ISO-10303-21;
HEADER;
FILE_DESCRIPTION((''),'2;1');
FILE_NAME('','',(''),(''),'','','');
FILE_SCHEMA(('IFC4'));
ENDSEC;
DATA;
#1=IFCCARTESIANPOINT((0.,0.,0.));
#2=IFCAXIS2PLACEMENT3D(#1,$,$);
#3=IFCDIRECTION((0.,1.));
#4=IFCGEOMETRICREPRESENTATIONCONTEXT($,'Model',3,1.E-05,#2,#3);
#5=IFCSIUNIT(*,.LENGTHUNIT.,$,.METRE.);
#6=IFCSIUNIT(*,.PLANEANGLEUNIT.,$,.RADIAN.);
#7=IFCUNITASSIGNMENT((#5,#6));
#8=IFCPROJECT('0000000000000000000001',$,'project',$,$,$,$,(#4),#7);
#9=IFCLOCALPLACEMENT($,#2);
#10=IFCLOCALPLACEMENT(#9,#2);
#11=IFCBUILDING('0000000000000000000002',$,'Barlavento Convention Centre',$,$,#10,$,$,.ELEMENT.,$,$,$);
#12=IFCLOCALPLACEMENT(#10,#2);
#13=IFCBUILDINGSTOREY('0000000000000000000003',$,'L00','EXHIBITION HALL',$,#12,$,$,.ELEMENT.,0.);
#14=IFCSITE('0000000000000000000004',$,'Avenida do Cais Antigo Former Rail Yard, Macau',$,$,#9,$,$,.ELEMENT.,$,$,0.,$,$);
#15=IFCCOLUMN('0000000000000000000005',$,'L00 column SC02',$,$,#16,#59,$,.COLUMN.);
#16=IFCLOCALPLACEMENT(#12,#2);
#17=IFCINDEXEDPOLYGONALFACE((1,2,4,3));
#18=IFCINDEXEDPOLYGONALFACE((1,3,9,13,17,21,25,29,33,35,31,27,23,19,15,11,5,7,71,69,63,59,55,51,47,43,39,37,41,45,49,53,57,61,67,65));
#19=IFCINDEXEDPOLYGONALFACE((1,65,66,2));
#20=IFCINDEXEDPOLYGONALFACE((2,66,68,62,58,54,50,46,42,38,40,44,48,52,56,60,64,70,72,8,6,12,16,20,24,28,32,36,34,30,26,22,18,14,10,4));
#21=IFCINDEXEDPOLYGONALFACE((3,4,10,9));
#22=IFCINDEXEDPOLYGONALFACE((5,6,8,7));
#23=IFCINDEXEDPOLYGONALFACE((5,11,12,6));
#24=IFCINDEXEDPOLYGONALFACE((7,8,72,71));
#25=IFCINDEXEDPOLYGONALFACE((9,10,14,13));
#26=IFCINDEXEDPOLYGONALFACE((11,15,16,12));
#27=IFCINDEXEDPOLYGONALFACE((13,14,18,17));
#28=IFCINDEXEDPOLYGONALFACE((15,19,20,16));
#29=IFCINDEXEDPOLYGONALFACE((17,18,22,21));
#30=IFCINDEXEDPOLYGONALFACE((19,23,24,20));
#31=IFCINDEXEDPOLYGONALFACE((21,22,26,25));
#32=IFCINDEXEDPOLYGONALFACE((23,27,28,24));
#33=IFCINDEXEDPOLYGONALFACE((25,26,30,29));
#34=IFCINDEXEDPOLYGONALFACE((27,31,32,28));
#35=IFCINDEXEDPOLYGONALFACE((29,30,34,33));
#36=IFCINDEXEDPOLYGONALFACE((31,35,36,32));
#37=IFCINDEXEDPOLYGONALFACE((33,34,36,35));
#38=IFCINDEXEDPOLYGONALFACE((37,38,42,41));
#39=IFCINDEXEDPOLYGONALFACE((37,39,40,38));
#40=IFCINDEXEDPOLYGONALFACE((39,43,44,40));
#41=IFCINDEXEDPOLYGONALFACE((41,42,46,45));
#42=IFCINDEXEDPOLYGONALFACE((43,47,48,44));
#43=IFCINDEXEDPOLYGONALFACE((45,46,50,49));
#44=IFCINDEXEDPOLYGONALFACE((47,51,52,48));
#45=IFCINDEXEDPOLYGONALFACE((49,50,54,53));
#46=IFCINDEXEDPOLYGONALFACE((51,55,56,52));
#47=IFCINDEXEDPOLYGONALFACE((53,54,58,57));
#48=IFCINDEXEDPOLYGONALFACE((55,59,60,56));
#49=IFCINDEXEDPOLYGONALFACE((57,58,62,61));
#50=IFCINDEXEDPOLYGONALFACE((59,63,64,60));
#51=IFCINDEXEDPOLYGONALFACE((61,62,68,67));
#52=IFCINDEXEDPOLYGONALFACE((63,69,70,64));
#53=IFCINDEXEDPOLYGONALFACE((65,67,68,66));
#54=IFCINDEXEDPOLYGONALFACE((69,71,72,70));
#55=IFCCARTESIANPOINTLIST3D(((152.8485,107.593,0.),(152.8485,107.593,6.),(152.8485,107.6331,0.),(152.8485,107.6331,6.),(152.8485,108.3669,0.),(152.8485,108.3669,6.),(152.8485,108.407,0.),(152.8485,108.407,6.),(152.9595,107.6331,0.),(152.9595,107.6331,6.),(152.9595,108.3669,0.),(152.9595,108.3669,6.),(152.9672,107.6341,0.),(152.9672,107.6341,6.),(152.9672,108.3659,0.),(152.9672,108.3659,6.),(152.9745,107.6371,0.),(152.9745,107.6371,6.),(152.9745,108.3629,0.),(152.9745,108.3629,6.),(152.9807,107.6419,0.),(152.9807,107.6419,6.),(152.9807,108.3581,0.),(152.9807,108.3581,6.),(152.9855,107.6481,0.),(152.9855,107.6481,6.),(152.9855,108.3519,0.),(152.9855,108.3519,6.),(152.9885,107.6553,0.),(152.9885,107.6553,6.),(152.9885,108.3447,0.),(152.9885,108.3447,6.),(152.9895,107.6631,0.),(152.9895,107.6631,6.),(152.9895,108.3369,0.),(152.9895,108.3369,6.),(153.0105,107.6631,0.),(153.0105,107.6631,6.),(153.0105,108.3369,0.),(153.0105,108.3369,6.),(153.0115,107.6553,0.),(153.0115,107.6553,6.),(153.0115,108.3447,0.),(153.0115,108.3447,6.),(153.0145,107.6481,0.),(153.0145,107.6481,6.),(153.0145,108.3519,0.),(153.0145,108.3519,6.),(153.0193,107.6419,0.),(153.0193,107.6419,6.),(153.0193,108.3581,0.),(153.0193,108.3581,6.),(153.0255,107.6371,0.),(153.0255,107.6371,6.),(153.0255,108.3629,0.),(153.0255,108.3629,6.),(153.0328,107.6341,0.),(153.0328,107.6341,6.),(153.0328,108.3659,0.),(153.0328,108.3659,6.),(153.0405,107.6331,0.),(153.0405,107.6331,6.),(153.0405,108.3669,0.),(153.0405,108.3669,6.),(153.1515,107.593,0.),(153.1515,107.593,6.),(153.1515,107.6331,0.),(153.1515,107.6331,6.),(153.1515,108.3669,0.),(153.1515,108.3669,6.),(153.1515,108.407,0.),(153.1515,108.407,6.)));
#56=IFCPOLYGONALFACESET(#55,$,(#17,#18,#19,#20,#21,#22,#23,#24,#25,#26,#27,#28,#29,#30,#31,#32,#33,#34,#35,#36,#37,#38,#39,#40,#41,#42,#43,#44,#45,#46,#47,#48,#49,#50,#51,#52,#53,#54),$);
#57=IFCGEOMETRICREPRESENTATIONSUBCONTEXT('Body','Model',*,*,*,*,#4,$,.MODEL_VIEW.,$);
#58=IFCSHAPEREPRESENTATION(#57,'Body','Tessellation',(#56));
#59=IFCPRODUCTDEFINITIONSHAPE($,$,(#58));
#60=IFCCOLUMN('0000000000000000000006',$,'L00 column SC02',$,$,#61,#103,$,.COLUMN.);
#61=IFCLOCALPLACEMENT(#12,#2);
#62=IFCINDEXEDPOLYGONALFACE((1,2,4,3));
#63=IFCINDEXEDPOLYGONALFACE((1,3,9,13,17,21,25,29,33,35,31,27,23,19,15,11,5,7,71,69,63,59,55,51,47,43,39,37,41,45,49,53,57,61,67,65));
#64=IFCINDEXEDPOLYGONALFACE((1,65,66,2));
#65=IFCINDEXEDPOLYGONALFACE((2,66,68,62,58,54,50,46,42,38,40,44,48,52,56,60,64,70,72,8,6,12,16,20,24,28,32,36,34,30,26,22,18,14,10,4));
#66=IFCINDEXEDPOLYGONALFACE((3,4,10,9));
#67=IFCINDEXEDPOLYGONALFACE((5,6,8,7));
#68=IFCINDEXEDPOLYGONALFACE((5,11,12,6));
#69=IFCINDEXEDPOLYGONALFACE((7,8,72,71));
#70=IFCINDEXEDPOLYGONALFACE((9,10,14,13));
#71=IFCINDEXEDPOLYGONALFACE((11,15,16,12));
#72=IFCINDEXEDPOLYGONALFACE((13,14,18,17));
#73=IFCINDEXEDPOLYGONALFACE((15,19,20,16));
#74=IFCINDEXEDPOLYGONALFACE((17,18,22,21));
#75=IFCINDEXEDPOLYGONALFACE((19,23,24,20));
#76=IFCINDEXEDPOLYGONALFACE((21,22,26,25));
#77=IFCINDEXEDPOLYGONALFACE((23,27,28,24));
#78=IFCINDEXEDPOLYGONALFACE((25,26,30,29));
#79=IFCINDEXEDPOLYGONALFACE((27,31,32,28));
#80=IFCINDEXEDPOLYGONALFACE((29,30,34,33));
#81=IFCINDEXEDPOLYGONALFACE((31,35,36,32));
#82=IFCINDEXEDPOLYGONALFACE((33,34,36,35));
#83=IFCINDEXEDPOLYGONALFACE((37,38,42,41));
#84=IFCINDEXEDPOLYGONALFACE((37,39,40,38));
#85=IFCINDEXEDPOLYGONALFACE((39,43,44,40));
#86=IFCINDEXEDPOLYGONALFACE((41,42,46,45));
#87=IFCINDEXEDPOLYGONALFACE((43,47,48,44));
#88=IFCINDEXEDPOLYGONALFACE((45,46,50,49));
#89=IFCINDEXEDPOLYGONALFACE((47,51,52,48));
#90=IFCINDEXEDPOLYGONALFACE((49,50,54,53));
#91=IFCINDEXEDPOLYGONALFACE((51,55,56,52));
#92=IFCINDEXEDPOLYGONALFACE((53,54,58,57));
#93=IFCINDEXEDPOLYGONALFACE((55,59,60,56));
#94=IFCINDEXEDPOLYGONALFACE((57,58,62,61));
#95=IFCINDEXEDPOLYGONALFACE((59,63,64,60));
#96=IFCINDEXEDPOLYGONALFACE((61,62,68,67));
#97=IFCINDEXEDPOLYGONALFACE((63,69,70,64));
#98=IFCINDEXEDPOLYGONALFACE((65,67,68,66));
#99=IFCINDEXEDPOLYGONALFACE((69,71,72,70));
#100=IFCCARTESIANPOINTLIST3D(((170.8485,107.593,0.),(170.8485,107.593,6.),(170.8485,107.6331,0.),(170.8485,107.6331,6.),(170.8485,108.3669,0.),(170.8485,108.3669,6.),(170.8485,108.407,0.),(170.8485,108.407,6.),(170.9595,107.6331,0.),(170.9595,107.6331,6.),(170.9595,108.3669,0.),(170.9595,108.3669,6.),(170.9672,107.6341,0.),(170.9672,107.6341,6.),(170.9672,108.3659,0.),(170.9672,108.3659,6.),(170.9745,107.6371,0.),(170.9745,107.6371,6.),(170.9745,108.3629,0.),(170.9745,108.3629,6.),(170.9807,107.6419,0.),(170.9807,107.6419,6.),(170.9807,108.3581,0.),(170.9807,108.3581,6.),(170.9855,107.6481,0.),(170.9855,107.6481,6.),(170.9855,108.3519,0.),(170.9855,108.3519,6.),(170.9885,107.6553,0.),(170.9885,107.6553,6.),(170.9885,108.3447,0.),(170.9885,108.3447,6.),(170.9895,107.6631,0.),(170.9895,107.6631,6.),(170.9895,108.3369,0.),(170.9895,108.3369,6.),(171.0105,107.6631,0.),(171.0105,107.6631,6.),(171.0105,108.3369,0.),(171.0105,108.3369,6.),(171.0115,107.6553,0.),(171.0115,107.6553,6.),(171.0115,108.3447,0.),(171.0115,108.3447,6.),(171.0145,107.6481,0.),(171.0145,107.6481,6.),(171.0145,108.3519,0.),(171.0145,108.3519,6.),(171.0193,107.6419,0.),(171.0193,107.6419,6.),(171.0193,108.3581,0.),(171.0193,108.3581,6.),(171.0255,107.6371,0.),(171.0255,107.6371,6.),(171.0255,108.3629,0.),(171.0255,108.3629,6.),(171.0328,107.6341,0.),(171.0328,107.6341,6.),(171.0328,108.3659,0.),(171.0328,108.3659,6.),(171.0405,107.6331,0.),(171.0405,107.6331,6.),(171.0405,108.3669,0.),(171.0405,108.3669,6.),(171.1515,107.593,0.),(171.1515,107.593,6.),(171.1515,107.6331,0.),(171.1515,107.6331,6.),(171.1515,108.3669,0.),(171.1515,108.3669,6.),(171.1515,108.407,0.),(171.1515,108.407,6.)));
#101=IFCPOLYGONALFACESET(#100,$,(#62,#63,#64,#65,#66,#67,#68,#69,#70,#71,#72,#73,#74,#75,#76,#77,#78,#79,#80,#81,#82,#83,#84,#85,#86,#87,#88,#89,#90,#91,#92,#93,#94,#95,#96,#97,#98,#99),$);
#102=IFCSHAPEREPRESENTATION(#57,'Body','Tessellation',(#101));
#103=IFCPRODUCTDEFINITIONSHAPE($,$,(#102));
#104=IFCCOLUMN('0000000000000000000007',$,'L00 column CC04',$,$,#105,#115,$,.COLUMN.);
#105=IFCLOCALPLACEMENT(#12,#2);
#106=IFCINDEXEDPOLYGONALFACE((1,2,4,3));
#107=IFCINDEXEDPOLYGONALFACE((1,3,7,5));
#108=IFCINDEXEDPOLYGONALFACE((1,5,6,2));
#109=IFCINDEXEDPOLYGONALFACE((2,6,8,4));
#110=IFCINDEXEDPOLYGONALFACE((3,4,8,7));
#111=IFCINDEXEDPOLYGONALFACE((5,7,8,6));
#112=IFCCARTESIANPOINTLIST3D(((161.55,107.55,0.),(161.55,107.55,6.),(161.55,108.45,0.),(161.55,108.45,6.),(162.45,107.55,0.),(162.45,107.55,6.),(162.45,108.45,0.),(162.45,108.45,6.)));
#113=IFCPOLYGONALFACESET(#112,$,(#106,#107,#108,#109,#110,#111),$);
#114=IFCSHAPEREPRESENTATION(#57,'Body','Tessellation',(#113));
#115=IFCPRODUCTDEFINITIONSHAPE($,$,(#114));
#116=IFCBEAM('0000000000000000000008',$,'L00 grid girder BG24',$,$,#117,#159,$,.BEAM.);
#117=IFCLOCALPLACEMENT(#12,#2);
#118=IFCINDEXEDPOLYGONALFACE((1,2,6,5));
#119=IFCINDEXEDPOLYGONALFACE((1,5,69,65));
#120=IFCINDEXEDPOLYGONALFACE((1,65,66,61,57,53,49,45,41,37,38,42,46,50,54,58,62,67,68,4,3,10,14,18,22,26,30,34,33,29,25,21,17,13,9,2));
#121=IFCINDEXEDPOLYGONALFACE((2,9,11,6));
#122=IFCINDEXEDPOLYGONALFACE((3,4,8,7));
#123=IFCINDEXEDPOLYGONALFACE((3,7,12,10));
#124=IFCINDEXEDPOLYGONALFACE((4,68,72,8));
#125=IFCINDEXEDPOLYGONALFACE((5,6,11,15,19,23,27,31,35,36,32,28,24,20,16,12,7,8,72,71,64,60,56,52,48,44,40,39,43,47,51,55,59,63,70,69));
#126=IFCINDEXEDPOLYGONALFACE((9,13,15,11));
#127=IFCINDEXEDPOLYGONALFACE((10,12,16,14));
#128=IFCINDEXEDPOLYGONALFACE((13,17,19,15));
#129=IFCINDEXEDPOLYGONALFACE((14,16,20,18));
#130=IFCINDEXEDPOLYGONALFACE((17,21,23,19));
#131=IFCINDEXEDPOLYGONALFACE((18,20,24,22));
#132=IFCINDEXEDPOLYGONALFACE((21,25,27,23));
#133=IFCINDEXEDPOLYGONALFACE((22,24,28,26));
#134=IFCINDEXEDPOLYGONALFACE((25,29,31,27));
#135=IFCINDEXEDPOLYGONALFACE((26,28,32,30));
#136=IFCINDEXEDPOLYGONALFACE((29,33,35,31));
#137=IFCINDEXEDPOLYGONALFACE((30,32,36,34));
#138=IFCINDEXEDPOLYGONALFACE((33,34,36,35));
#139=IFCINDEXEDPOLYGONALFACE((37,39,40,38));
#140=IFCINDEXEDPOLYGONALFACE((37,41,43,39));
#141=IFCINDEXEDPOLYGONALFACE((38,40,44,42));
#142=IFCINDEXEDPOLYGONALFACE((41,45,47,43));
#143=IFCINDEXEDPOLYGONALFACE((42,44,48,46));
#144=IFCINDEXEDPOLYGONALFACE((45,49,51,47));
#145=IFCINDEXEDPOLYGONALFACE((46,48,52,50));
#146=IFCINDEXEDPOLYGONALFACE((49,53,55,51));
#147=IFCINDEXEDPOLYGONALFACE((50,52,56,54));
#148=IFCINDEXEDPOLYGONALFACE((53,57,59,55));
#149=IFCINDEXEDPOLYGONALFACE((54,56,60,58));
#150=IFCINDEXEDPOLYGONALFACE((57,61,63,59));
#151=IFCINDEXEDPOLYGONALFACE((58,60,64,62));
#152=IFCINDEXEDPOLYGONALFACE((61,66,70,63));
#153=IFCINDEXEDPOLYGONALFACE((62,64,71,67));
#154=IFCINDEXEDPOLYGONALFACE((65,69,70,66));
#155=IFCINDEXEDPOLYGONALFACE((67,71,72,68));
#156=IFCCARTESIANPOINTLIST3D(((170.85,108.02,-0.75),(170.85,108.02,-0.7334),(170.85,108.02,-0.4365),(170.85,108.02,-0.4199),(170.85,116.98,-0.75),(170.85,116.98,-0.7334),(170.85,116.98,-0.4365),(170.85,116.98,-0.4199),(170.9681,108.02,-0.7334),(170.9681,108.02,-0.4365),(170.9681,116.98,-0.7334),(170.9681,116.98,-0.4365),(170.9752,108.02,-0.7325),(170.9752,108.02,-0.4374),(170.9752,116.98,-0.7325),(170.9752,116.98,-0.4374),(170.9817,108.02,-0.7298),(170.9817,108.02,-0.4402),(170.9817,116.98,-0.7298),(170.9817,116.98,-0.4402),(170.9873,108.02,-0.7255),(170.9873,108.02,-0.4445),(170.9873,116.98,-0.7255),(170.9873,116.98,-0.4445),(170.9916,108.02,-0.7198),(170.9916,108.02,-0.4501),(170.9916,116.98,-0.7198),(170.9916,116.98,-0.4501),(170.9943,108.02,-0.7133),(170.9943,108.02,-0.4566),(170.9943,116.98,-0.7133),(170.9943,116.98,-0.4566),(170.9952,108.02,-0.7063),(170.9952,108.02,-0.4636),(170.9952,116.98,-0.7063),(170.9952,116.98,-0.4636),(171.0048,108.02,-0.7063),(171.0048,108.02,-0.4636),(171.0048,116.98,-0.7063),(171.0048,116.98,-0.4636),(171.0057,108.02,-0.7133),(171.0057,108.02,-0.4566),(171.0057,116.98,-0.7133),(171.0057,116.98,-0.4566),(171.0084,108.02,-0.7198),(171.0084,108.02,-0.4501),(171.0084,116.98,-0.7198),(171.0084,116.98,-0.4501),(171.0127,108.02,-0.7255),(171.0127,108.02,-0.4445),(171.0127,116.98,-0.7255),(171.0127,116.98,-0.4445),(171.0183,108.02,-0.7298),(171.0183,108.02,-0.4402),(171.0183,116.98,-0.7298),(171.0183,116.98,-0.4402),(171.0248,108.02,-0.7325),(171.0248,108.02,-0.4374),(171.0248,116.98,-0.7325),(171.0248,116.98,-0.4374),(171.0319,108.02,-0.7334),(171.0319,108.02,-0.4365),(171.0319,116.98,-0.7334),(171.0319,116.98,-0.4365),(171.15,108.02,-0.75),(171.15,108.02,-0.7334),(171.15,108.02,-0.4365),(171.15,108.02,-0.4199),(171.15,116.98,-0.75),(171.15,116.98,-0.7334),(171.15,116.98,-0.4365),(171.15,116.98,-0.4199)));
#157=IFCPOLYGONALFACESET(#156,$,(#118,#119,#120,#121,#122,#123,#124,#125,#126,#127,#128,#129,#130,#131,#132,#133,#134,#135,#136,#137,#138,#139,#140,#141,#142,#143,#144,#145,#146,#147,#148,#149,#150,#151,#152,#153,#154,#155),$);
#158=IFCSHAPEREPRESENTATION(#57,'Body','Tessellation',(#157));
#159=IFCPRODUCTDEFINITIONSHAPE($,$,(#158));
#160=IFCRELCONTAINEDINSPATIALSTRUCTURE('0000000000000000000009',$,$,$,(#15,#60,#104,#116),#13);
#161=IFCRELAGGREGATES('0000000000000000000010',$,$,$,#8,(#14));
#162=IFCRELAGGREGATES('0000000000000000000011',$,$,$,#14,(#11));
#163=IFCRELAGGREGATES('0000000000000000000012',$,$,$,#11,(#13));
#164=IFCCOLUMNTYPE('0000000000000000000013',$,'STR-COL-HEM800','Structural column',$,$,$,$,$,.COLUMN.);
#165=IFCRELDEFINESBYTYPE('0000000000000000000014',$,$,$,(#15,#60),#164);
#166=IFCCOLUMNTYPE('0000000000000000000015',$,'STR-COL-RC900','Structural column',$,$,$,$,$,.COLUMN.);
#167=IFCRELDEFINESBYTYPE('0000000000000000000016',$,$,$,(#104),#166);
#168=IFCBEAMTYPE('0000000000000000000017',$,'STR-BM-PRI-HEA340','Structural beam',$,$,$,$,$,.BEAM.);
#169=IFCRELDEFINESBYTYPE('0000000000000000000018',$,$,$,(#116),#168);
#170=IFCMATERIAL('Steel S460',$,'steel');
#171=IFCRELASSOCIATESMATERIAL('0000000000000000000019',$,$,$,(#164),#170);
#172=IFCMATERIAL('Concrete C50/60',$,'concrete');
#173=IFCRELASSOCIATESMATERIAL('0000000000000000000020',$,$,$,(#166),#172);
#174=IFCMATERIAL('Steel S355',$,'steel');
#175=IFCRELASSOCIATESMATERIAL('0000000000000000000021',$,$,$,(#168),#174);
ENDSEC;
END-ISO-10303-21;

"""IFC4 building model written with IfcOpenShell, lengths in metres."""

from ifc_helpers import new_model, si_unit, direction, frame, origin, origin_2d, place, context, subcontext, project, spatial, rectangle, i_section, extrude, material, material_profile, profile_set, type_object, element, save


model = new_model("IFC4")

# Units and contexts
model_context = context("Model", 3, precision=1e-05, world=origin(), true_north=direction((0.0, 1.0)))
body_context = subcontext(model_context, "Body", "Model", "MODEL_VIEW")
ifc_project = project(units=[si_unit("LENGTHUNIT", "METRE"), si_unit("PLANEANGLEUNIT", "RADIAN")], contexts=[model_context])

# Site, building, storey
site_placement = place(None, origin())
site = spatial("IfcSite", under=ifc_project, at=site_placement, Name="Avenida do Cais Antigo Former Rail Yard, Macau", CompositionType="ELEMENT", RefElevation=0.0)
building_placement = place(site_placement, origin())
building = spatial("IfcBuilding", under=site, at=building_placement, Name="Barlavento Convention Centre", CompositionType="ELEMENT")
storey_placement = place(building_placement, origin())
storey = spatial("IfcBuildingStorey", under=building, at=storey_placement, Name="L00", Description="EXHIBITION HALL", CompositionType="ELEMENT", Elevation=0.0)

# Columns
ifc_material_1 = material(Name="Steel S460", Category="steel")
ifc_material_profile_1 = material_profile(ifc_material_1, i_section(OverallWidth=0.303, OverallDepth=0.814, WebThickness=0.021, FlangeThickness=0.04, FilletRadius=0.03, at=origin_2d()), Name="HEM 800")
ifc_profile_set_1 = profile_set([ifc_material_profile_1], Name="Steel S460")
column_type_1 = type_object("IfcColumnType", Name="STR-COL-HEM800", Description="Structural column", PredefinedType="COLUMN", material=ifc_profile_set_1)
for number, where, z_axis, x_axis, name in (
    (1, (153.0, 108.0, 0.0), (0.0, 0.0, 1.0), (1.0, 0.0, 0.0), "L00 column SC02"),
    (2, (171.0, 108.0, 0.0), (0.0, 0.0, 1.0), (1.0, 0.0, 0.0), "L00 column SC02"),
):
    element("IfcColumn", number, at=place(storey_placement, frame(where, z_axis=z_axis, x_axis=x_axis)), inside=storey, type_object=column_type_1, Name=name, PredefinedType="COLUMN", context=body_context, shape_type="SweptSolid", body=[
        extrude(i_section(OverallWidth=0.303, OverallDepth=0.814, WebThickness=0.021, FlangeThickness=0.04, FilletRadius=0.03, at=origin_2d()), origin(), (0.0, 0.0, 1.0), 6.0),
    ])
ifc_material_2 = material(Name="Concrete C50/60", Category="concrete")
ifc_material_profile_2 = material_profile(ifc_material_2, rectangle(XDim=0.8999, YDim=0.8999, at=origin_2d()), Name="RC 900x900")
ifc_profile_set_2 = profile_set([ifc_material_profile_2], Name="Concrete C50/60")
column_type_2 = type_object("IfcColumnType", Name="STR-COL-RC900", Description="Structural column", PredefinedType="COLUMN", material=ifc_profile_set_2)
column_placement = place(storey_placement, frame((162.0, 108.0, 0.0), z_axis=(0.0, 0.0, 1.0), x_axis=(1.0, 0.0, 0.0)))
element("IfcColumn", 3, at=column_placement, inside=storey, type_object=column_type_2, Name="L00 column CC04", PredefinedType="COLUMN", context=body_context, shape_type="SweptSolid", body=[
    extrude(rectangle(XDim=0.8999, YDim=0.8999, at=origin_2d()), origin(), (0.0, 0.0, 1.0), 6.0),
])

# Beam
ifc_material_3 = material(Name="Steel S355", Category="steel")
ifc_material_profile_3 = material_profile(ifc_material_3, i_section(OverallWidth=0.3, OverallDepth=0.3301, WebThickness=0.0095, FlangeThickness=0.0166, FilletRadius=0.0271, at=origin_2d()), Name="HEA 340")
ifc_profile_set_3 = profile_set([ifc_material_profile_3], Name="Steel S355")
beam_type_1 = type_object("IfcBeamType", Name="STR-BM-PRI-HEA340", Description="Structural beam", PredefinedType="BEAM", material=ifc_profile_set_3)
beam_1_placement = place(storey_placement, frame((171.0, 108.02, -0.585), z_axis=(0.0, 1.0, 0.0), x_axis=(-1.0, 0.0, 0.0)))
element("IfcBeam", 4, at=beam_1_placement, inside=storey, type_object=beam_type_1, Name="L00 grid girder BG24", PredefinedType="BEAM", context=body_context, shape_type="SweptSolid", body=[
    extrude(i_section(OverallWidth=0.3, OverallDepth=0.3301, WebThickness=0.0095, FlangeThickness=0.0166, FilletRadius=0.0271, at=origin_2d()), origin(), (0.0, 0.0, 1.0), 8.96),
])

save(model, "model.ifc")
